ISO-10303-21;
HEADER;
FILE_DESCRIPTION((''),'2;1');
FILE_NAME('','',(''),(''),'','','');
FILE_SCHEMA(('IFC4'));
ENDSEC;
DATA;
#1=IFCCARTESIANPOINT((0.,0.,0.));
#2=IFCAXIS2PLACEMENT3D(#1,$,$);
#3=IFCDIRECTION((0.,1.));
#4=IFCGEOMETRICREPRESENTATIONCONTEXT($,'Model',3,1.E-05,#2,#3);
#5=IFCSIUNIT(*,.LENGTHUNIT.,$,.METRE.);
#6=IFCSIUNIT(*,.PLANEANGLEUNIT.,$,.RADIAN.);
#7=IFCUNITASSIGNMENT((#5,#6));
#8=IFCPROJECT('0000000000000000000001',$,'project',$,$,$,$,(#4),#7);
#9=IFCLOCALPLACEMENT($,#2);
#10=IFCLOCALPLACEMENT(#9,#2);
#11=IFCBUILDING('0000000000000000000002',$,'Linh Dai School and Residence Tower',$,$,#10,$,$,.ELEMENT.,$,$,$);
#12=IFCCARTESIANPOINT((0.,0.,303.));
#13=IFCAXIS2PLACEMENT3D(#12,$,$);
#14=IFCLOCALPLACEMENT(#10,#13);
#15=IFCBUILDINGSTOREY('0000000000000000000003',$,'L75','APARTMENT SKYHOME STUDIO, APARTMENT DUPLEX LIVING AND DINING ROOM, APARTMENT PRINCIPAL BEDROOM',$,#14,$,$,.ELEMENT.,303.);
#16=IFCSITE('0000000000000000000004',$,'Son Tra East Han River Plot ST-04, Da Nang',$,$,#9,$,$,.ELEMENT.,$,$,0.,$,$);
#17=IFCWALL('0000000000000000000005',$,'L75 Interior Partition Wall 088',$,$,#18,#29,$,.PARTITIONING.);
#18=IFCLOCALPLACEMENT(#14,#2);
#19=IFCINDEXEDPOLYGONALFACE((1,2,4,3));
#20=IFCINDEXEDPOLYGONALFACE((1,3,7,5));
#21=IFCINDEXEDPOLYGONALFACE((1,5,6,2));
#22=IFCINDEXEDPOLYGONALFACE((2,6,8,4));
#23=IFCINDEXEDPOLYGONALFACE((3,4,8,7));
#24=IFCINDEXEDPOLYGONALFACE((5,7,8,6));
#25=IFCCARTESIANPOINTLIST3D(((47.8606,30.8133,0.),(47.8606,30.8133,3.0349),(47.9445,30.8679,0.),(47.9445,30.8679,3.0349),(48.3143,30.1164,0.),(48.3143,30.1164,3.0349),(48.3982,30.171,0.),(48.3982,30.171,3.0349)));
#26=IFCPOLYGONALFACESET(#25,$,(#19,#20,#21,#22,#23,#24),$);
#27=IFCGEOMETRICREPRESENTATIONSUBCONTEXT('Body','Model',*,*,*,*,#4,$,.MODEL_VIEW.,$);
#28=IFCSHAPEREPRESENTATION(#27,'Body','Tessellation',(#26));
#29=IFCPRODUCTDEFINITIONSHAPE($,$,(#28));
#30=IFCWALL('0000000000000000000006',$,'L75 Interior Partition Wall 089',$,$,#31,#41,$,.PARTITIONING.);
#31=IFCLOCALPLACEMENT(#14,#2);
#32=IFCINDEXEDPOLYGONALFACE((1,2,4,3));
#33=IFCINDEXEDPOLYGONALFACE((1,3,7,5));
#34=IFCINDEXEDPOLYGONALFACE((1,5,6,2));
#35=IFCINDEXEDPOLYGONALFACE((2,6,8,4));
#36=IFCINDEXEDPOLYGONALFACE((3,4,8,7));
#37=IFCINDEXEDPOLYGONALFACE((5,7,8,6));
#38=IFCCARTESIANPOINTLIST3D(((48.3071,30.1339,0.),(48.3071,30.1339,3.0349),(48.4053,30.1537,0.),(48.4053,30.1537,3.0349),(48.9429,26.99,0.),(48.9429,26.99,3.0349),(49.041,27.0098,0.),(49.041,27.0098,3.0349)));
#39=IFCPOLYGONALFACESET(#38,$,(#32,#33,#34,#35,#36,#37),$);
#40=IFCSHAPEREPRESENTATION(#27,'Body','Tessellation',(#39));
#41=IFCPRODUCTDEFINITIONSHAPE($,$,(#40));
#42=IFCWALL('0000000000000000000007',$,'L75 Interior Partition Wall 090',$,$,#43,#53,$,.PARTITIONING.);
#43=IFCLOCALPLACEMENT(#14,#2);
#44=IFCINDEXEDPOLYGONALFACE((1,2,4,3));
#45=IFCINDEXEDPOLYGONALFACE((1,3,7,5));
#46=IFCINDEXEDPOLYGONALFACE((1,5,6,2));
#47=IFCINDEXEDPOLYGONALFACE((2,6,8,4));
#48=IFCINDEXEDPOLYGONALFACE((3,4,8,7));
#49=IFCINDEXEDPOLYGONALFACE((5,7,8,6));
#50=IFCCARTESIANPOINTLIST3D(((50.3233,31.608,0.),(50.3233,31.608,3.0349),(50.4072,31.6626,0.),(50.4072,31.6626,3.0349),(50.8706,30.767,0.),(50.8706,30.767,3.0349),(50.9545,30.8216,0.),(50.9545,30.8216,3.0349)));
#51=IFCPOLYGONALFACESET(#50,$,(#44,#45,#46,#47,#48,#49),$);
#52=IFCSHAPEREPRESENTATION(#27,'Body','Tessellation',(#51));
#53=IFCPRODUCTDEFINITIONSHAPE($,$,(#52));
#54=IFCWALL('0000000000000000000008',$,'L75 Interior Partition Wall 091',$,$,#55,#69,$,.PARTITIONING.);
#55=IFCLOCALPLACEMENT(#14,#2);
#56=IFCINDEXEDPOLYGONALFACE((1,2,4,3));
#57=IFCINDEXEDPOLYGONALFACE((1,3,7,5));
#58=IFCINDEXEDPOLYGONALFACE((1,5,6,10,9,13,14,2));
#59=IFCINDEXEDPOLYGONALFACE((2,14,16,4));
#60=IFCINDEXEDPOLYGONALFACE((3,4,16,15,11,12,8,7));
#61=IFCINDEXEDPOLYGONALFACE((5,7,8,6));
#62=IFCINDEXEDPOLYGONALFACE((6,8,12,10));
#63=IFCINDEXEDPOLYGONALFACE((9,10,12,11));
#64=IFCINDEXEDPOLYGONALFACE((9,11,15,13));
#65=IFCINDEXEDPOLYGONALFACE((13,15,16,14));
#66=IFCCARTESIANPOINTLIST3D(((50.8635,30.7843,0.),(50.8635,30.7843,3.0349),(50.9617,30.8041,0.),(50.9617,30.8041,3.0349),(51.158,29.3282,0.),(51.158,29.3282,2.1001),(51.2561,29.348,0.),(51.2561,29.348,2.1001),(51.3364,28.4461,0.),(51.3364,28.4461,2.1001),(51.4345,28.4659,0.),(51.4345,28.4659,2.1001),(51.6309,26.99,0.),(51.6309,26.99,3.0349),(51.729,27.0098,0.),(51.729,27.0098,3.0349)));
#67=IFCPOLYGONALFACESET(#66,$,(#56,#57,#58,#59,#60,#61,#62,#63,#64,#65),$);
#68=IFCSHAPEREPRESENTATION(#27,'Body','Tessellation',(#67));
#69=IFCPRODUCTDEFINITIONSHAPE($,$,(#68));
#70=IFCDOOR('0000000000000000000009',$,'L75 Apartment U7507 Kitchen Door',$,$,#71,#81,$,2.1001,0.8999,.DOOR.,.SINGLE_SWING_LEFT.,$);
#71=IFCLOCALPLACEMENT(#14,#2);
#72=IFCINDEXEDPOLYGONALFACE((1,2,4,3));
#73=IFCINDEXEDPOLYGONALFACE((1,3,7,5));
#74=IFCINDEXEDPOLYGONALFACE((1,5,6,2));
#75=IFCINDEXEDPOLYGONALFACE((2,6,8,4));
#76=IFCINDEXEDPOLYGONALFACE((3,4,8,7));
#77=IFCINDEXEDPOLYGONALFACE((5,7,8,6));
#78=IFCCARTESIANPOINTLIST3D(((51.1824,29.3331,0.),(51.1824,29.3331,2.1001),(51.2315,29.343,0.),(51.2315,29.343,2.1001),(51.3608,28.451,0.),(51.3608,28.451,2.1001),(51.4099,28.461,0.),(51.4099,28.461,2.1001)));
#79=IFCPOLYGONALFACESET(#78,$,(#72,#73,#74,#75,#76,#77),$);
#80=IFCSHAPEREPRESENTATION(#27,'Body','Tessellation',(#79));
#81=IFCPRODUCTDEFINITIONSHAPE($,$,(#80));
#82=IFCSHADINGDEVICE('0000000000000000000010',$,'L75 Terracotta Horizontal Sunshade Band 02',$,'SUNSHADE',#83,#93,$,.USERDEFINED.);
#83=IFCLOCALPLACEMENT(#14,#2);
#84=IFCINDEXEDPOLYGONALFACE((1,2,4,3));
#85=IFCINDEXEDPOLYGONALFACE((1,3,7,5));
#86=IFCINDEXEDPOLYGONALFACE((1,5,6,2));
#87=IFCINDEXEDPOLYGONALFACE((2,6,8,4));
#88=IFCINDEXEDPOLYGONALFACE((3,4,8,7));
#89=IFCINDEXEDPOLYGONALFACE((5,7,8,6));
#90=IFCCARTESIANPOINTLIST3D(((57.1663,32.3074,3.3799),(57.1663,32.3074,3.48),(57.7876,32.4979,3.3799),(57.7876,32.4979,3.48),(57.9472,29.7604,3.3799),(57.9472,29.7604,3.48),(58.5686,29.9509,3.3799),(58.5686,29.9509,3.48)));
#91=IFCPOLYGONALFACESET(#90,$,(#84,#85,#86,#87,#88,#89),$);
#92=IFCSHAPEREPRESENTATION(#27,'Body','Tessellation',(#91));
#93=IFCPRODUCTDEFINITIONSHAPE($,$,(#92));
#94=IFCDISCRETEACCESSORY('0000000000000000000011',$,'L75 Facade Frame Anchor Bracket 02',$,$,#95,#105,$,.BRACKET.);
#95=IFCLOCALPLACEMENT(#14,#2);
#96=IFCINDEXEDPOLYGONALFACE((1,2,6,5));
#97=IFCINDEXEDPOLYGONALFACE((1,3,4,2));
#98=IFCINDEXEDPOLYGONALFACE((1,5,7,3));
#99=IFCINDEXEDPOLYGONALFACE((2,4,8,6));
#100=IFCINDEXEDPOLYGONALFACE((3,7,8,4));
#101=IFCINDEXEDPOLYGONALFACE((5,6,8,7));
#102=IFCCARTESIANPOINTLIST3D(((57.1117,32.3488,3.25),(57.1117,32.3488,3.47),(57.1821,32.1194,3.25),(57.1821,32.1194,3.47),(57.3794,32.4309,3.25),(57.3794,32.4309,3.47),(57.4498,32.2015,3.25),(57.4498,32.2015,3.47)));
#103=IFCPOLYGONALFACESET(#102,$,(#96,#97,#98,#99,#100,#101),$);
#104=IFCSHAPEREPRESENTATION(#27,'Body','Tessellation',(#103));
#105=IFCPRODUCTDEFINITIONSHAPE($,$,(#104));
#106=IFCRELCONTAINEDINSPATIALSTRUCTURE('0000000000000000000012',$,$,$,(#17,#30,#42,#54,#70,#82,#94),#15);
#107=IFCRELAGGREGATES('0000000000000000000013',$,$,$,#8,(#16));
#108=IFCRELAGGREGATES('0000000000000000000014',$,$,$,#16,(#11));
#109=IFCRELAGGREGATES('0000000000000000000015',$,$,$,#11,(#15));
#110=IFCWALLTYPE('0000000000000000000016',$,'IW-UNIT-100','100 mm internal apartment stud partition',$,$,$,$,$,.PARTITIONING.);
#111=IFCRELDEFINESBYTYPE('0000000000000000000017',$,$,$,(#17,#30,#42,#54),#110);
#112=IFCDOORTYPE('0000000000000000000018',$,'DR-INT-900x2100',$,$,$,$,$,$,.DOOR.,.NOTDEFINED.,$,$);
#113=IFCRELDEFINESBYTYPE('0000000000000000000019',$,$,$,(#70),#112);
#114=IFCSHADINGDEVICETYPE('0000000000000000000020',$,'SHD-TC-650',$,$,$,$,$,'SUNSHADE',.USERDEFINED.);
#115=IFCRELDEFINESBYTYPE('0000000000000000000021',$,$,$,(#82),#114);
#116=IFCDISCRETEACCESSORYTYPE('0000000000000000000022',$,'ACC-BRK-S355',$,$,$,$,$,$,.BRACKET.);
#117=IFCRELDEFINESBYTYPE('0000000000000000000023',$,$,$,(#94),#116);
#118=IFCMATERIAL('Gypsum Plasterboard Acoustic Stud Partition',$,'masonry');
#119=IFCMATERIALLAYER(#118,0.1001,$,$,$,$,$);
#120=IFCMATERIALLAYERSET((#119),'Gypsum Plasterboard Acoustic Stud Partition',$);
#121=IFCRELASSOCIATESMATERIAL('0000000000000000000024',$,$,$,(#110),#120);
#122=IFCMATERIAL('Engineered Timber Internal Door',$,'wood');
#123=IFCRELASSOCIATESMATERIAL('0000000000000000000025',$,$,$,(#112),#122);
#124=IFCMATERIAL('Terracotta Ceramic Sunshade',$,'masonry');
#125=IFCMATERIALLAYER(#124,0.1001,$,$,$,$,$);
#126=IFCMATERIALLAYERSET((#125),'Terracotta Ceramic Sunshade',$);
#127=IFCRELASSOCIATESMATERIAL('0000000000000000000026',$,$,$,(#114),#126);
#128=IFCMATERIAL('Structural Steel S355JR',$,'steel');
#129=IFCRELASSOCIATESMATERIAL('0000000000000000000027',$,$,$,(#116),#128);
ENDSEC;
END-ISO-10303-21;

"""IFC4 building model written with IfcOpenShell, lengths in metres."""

from ifc_helpers import new_model, si_unit, direction, frame, frame_2d, origin, origin_2d, place, context, subcontext, project, spatial, rectangle, extrude, source, transform, mapped, material, layer, layer_set, type_object, element, fill, save


model = new_model("IFC4")

# Units and contexts
model_context = context("Model", 3, precision=1e-05, world=origin(), true_north=direction((0.0, 1.0)))
body_context = subcontext(model_context, "Body", "Model", "MODEL_VIEW")
ifc_project = project(units=[si_unit("LENGTHUNIT", "METRE"), si_unit("PLANEANGLEUNIT", "RADIAN")], contexts=[model_context])

# Site, building, storey
site_placement = place(None, origin())
site = spatial("IfcSite", under=ifc_project, at=site_placement, Name="Son Tra East Han River Plot ST-04, Da Nang", CompositionType="ELEMENT", RefElevation=0.0)
building_placement = place(site_placement, origin())
building = spatial("IfcBuilding", under=site, at=building_placement, Name="Linh Dai School and Residence Tower", CompositionType="ELEMENT")
storey_placement = place(building_placement, frame((0.0, 0.0, 303.0)))
storey = spatial("IfcBuildingStorey", under=building, at=storey_placement, Name="L75", Description="APARTMENT SKYHOME STUDIO, APARTMENT DUPLEX LIVING AND DINING ROOM, APARTMENT PRINCIPAL BEDROOM", CompositionType="ELEMENT", Elevation=303.0)

# Shared definitions
ifc_material_1 = material(Name="Structural Steel S355JR", Category="steel")

# Shared definitions
ifc_material_2 = material(Name="Gypsum Plasterboard Acoustic Stud Partition", Category="masonry")
ifc_layer_1 = layer(ifc_material_2, 0.1001)
ifc_layer_set_1 = layer_set([ifc_layer_1], Name="Gypsum Plasterboard Acoustic Stud Partition")
wall_type_1 = type_object("IfcWallType", Name="IW-UNIT-100", Description="100 mm internal apartment stud partition", PredefinedType="PARTITIONING", material=ifc_layer_set_1)

# Shared definitions
ifc_material_3 = material(Name="Engineered Timber Internal Door", Category="wood")
door_type_1 = type_object("IfcDoorType", Name="DR-INT-900x2100", OperationType="NOTDEFINED", PredefinedType="DOOR", material=ifc_material_3)
shared_shape_1 = source(origin(), body_context, "Body", "SweptSolid", [
    extrude(rectangle(XDim=0.8999, YDim=2.1001, at=origin_2d()), frame((0.45, 0.0249, 1.05), z_axis=(0.0, -1.0, 0.0), x_axis=(1.0, 0.0, 0.0)), (0.0, 0.0, 1.0), 0.05),
])

# Walls
wall_1_placement = place(storey_placement, frame((47.9026, 30.8406, 0.0), z_axis=(0.0, 0.0, 1.0), x_axis=(0.545587, -0.838054, 0.0)))
element("IfcWall", 1, at=wall_1_placement, inside=storey, type_object=wall_type_1, Name="L75 Interior Partition Wall 088", PredefinedType="PARTITIONING", context=body_context, shape_type="SweptSolid", body=[
    extrude(rectangle(XDim=0.8315, YDim=0.1001, at=frame_2d((0.4158, 0.0))), origin(), (0.0, 0.0, 1.0), 3.0349),
])
wall_2_placement = place(storey_placement, frame((48.3562, 30.1438, 0.0), z_axis=(0.0, 0.0, 1.0), x_axis=(0.198209, -0.98016, 0.0)))
element("IfcWall", 2, at=wall_2_placement, inside=storey, type_object=wall_type_1, Name="L75 Interior Partition Wall 089", PredefinedType="PARTITIONING", context=body_context, shape_type="SweptSolid", body=[
    extrude(rectangle(XDim=3.2075, YDim=0.1001, at=frame_2d((1.6038, 0.0))), origin(), (0.0, 0.0, 1.0), 3.0349),
])
wall_3_placement = place(storey_placement, frame((50.3652, 31.6353, 0.0), z_axis=(0.0, 0.0, 1.0), x_axis=(0.545459, -0.838138, 0.0)))
element("IfcWall", 3, at=wall_3_placement, inside=storey, type_object=wall_type_1, Name="L75 Interior Partition Wall 090", PredefinedType="PARTITIONING", context=body_context, shape_type="SweptSolid", body=[
    extrude(rectangle(XDim=1.0034, YDim=0.1001, at=frame_2d((0.5017, 0.0))), origin(), (0.0, 0.0, 1.0), 3.0349),
])

# Wall, opening, door
wall_4_placement = place(storey_placement, frame((50.9126, 30.7942, 0.0), z_axis=(0.0, 0.0, 1.0), x_axis=(0.198226, -0.980156, 0.0)))
wall_4 = element("IfcWall", 4, at=wall_4_placement, inside=storey, type_object=wall_type_1, Name="L75 Interior Partition Wall 091", PredefinedType="PARTITIONING", context=body_context, shape_type="SweptSolid", body=[
    extrude(rectangle(XDim=3.8711, YDim=0.1001, at=frame_2d((1.9355, 0.0))), origin(), (0.0, 0.0, 1.0), 3.0349),
])
opening_1_placement = place(wall_4_placement, frame((1.4856, 0.0, 0.0)))
opening_1 = element("IfcOpeningElement", 5, at=opening_1_placement, cuts=wall_4, PredefinedType="OPENING", context=body_context, shape_type="SweptSolid", body=[
    extrude(rectangle(XDim=0.8999, YDim=2.1001, at=origin_2d()), frame((0.45, 0.0601, 1.05), z_axis=(0.0, -1.0, 0.0), x_axis=(1.0, 0.0, 0.0)), (0.0, 0.0, 1.0), 0.1201),
])
door_1_placement = place(opening_1_placement, origin())
door_1 = element("IfcDoor", 6, at=door_1_placement, inside=storey, type_object=door_type_1, Name="L75 Apartment U7507 Kitchen Door", OperationType="SINGLE_SWING_LEFT", OverallHeight=2.1001, OverallWidth=0.8999, PredefinedType="DOOR", context=body_context, shape_type="MappedRepresentation", body=[
    mapped(shared_shape_1, transform((0.0, 0.0, 0.0), x_axis=(1.0, 0.0, 0.0), y_axis=(0.0, 1.0, 0.0), z_axis=(0.0, 0.0, 1.0), scale=1.0)),
])
fill(opening_1, door_1)

# Shading device
ifc_material_4 = material(Name="Terracotta Ceramic Sunshade", Category="masonry")
ifc_layer_2 = layer(ifc_material_4, 0.1001)
ifc_layer_set_2 = layer_set([ifc_layer_2], Name="Terracotta Ceramic Sunshade")
shading_device_type = type_object("IfcShadingDeviceType", Name="SHD-TC-650", ElementType="SUNSHADE", PredefinedType="USERDEFINED", material=ifc_layer_set_2)
shared_shape_2 = source(origin(), body_context, "Body", "SweptSolid", [
    extrude(rectangle(XDim=2.6641, YDim=0.6499, at=origin_2d()), origin(), (0.0, 0.0, 1.0), 0.1001),
])
shading_device_placement = place(storey_placement, frame((57.8674, 31.1292, 3.3799), z_axis=(0.0, 0.0, 1.0), x_axis=(0.293141, -0.956069, 0.0)))
element("IfcShadingDevice", 7, at=shading_device_placement, inside=storey, type_object=shading_device_type, Name="L75 Terracotta Horizontal Sunshade Band 02", ObjectType="SUNSHADE", PredefinedType="USERDEFINED", context=body_context, shape_type="MappedRepresentation", body=[
    mapped(shared_shape_2, transform((0.0, 0.0, 0.0), x_axis=(1.0, 0.0, 0.0), y_axis=(0.0, 1.0, 0.0), z_axis=(0.0, 0.0, 1.0), scale=1.0)),
])

# Discrete accessory
discrete_accessory_type = type_object("IfcDiscreteAccessoryType", Name="ACC-BRK-S355", PredefinedType="BRACKET", material=ifc_material_1)
shared_shape_3 = source(origin(), body_context, "Body", "SweptSolid", [
    extrude(rectangle(XDim=0.28, YDim=0.24, at=origin_2d()), origin(), (0.0, 0.0, 1.0), 0.22),
])
discrete_accessory_placement = place(storey_placement, frame((57.2808, 32.2751, 3.25), z_axis=(0.0, 0.0, 1.0), x_axis=(0.956069, 0.293141, 0.0)))
element("IfcDiscreteAccessory", 8, at=discrete_accessory_placement, inside=storey, type_object=discrete_accessory_type, Name="L75 Facade Frame Anchor Bracket 02", PredefinedType="BRACKET", context=body_context, shape_type="MappedRepresentation", body=[
    mapped(shared_shape_3, transform((0.0, 0.0, 0.0), x_axis=(1.0, 0.0, 0.0), y_axis=(0.0, 1.0, 0.0), z_axis=(0.0, 0.0, 1.0), scale=1.0)),
])

save(model, "model.ifc")
